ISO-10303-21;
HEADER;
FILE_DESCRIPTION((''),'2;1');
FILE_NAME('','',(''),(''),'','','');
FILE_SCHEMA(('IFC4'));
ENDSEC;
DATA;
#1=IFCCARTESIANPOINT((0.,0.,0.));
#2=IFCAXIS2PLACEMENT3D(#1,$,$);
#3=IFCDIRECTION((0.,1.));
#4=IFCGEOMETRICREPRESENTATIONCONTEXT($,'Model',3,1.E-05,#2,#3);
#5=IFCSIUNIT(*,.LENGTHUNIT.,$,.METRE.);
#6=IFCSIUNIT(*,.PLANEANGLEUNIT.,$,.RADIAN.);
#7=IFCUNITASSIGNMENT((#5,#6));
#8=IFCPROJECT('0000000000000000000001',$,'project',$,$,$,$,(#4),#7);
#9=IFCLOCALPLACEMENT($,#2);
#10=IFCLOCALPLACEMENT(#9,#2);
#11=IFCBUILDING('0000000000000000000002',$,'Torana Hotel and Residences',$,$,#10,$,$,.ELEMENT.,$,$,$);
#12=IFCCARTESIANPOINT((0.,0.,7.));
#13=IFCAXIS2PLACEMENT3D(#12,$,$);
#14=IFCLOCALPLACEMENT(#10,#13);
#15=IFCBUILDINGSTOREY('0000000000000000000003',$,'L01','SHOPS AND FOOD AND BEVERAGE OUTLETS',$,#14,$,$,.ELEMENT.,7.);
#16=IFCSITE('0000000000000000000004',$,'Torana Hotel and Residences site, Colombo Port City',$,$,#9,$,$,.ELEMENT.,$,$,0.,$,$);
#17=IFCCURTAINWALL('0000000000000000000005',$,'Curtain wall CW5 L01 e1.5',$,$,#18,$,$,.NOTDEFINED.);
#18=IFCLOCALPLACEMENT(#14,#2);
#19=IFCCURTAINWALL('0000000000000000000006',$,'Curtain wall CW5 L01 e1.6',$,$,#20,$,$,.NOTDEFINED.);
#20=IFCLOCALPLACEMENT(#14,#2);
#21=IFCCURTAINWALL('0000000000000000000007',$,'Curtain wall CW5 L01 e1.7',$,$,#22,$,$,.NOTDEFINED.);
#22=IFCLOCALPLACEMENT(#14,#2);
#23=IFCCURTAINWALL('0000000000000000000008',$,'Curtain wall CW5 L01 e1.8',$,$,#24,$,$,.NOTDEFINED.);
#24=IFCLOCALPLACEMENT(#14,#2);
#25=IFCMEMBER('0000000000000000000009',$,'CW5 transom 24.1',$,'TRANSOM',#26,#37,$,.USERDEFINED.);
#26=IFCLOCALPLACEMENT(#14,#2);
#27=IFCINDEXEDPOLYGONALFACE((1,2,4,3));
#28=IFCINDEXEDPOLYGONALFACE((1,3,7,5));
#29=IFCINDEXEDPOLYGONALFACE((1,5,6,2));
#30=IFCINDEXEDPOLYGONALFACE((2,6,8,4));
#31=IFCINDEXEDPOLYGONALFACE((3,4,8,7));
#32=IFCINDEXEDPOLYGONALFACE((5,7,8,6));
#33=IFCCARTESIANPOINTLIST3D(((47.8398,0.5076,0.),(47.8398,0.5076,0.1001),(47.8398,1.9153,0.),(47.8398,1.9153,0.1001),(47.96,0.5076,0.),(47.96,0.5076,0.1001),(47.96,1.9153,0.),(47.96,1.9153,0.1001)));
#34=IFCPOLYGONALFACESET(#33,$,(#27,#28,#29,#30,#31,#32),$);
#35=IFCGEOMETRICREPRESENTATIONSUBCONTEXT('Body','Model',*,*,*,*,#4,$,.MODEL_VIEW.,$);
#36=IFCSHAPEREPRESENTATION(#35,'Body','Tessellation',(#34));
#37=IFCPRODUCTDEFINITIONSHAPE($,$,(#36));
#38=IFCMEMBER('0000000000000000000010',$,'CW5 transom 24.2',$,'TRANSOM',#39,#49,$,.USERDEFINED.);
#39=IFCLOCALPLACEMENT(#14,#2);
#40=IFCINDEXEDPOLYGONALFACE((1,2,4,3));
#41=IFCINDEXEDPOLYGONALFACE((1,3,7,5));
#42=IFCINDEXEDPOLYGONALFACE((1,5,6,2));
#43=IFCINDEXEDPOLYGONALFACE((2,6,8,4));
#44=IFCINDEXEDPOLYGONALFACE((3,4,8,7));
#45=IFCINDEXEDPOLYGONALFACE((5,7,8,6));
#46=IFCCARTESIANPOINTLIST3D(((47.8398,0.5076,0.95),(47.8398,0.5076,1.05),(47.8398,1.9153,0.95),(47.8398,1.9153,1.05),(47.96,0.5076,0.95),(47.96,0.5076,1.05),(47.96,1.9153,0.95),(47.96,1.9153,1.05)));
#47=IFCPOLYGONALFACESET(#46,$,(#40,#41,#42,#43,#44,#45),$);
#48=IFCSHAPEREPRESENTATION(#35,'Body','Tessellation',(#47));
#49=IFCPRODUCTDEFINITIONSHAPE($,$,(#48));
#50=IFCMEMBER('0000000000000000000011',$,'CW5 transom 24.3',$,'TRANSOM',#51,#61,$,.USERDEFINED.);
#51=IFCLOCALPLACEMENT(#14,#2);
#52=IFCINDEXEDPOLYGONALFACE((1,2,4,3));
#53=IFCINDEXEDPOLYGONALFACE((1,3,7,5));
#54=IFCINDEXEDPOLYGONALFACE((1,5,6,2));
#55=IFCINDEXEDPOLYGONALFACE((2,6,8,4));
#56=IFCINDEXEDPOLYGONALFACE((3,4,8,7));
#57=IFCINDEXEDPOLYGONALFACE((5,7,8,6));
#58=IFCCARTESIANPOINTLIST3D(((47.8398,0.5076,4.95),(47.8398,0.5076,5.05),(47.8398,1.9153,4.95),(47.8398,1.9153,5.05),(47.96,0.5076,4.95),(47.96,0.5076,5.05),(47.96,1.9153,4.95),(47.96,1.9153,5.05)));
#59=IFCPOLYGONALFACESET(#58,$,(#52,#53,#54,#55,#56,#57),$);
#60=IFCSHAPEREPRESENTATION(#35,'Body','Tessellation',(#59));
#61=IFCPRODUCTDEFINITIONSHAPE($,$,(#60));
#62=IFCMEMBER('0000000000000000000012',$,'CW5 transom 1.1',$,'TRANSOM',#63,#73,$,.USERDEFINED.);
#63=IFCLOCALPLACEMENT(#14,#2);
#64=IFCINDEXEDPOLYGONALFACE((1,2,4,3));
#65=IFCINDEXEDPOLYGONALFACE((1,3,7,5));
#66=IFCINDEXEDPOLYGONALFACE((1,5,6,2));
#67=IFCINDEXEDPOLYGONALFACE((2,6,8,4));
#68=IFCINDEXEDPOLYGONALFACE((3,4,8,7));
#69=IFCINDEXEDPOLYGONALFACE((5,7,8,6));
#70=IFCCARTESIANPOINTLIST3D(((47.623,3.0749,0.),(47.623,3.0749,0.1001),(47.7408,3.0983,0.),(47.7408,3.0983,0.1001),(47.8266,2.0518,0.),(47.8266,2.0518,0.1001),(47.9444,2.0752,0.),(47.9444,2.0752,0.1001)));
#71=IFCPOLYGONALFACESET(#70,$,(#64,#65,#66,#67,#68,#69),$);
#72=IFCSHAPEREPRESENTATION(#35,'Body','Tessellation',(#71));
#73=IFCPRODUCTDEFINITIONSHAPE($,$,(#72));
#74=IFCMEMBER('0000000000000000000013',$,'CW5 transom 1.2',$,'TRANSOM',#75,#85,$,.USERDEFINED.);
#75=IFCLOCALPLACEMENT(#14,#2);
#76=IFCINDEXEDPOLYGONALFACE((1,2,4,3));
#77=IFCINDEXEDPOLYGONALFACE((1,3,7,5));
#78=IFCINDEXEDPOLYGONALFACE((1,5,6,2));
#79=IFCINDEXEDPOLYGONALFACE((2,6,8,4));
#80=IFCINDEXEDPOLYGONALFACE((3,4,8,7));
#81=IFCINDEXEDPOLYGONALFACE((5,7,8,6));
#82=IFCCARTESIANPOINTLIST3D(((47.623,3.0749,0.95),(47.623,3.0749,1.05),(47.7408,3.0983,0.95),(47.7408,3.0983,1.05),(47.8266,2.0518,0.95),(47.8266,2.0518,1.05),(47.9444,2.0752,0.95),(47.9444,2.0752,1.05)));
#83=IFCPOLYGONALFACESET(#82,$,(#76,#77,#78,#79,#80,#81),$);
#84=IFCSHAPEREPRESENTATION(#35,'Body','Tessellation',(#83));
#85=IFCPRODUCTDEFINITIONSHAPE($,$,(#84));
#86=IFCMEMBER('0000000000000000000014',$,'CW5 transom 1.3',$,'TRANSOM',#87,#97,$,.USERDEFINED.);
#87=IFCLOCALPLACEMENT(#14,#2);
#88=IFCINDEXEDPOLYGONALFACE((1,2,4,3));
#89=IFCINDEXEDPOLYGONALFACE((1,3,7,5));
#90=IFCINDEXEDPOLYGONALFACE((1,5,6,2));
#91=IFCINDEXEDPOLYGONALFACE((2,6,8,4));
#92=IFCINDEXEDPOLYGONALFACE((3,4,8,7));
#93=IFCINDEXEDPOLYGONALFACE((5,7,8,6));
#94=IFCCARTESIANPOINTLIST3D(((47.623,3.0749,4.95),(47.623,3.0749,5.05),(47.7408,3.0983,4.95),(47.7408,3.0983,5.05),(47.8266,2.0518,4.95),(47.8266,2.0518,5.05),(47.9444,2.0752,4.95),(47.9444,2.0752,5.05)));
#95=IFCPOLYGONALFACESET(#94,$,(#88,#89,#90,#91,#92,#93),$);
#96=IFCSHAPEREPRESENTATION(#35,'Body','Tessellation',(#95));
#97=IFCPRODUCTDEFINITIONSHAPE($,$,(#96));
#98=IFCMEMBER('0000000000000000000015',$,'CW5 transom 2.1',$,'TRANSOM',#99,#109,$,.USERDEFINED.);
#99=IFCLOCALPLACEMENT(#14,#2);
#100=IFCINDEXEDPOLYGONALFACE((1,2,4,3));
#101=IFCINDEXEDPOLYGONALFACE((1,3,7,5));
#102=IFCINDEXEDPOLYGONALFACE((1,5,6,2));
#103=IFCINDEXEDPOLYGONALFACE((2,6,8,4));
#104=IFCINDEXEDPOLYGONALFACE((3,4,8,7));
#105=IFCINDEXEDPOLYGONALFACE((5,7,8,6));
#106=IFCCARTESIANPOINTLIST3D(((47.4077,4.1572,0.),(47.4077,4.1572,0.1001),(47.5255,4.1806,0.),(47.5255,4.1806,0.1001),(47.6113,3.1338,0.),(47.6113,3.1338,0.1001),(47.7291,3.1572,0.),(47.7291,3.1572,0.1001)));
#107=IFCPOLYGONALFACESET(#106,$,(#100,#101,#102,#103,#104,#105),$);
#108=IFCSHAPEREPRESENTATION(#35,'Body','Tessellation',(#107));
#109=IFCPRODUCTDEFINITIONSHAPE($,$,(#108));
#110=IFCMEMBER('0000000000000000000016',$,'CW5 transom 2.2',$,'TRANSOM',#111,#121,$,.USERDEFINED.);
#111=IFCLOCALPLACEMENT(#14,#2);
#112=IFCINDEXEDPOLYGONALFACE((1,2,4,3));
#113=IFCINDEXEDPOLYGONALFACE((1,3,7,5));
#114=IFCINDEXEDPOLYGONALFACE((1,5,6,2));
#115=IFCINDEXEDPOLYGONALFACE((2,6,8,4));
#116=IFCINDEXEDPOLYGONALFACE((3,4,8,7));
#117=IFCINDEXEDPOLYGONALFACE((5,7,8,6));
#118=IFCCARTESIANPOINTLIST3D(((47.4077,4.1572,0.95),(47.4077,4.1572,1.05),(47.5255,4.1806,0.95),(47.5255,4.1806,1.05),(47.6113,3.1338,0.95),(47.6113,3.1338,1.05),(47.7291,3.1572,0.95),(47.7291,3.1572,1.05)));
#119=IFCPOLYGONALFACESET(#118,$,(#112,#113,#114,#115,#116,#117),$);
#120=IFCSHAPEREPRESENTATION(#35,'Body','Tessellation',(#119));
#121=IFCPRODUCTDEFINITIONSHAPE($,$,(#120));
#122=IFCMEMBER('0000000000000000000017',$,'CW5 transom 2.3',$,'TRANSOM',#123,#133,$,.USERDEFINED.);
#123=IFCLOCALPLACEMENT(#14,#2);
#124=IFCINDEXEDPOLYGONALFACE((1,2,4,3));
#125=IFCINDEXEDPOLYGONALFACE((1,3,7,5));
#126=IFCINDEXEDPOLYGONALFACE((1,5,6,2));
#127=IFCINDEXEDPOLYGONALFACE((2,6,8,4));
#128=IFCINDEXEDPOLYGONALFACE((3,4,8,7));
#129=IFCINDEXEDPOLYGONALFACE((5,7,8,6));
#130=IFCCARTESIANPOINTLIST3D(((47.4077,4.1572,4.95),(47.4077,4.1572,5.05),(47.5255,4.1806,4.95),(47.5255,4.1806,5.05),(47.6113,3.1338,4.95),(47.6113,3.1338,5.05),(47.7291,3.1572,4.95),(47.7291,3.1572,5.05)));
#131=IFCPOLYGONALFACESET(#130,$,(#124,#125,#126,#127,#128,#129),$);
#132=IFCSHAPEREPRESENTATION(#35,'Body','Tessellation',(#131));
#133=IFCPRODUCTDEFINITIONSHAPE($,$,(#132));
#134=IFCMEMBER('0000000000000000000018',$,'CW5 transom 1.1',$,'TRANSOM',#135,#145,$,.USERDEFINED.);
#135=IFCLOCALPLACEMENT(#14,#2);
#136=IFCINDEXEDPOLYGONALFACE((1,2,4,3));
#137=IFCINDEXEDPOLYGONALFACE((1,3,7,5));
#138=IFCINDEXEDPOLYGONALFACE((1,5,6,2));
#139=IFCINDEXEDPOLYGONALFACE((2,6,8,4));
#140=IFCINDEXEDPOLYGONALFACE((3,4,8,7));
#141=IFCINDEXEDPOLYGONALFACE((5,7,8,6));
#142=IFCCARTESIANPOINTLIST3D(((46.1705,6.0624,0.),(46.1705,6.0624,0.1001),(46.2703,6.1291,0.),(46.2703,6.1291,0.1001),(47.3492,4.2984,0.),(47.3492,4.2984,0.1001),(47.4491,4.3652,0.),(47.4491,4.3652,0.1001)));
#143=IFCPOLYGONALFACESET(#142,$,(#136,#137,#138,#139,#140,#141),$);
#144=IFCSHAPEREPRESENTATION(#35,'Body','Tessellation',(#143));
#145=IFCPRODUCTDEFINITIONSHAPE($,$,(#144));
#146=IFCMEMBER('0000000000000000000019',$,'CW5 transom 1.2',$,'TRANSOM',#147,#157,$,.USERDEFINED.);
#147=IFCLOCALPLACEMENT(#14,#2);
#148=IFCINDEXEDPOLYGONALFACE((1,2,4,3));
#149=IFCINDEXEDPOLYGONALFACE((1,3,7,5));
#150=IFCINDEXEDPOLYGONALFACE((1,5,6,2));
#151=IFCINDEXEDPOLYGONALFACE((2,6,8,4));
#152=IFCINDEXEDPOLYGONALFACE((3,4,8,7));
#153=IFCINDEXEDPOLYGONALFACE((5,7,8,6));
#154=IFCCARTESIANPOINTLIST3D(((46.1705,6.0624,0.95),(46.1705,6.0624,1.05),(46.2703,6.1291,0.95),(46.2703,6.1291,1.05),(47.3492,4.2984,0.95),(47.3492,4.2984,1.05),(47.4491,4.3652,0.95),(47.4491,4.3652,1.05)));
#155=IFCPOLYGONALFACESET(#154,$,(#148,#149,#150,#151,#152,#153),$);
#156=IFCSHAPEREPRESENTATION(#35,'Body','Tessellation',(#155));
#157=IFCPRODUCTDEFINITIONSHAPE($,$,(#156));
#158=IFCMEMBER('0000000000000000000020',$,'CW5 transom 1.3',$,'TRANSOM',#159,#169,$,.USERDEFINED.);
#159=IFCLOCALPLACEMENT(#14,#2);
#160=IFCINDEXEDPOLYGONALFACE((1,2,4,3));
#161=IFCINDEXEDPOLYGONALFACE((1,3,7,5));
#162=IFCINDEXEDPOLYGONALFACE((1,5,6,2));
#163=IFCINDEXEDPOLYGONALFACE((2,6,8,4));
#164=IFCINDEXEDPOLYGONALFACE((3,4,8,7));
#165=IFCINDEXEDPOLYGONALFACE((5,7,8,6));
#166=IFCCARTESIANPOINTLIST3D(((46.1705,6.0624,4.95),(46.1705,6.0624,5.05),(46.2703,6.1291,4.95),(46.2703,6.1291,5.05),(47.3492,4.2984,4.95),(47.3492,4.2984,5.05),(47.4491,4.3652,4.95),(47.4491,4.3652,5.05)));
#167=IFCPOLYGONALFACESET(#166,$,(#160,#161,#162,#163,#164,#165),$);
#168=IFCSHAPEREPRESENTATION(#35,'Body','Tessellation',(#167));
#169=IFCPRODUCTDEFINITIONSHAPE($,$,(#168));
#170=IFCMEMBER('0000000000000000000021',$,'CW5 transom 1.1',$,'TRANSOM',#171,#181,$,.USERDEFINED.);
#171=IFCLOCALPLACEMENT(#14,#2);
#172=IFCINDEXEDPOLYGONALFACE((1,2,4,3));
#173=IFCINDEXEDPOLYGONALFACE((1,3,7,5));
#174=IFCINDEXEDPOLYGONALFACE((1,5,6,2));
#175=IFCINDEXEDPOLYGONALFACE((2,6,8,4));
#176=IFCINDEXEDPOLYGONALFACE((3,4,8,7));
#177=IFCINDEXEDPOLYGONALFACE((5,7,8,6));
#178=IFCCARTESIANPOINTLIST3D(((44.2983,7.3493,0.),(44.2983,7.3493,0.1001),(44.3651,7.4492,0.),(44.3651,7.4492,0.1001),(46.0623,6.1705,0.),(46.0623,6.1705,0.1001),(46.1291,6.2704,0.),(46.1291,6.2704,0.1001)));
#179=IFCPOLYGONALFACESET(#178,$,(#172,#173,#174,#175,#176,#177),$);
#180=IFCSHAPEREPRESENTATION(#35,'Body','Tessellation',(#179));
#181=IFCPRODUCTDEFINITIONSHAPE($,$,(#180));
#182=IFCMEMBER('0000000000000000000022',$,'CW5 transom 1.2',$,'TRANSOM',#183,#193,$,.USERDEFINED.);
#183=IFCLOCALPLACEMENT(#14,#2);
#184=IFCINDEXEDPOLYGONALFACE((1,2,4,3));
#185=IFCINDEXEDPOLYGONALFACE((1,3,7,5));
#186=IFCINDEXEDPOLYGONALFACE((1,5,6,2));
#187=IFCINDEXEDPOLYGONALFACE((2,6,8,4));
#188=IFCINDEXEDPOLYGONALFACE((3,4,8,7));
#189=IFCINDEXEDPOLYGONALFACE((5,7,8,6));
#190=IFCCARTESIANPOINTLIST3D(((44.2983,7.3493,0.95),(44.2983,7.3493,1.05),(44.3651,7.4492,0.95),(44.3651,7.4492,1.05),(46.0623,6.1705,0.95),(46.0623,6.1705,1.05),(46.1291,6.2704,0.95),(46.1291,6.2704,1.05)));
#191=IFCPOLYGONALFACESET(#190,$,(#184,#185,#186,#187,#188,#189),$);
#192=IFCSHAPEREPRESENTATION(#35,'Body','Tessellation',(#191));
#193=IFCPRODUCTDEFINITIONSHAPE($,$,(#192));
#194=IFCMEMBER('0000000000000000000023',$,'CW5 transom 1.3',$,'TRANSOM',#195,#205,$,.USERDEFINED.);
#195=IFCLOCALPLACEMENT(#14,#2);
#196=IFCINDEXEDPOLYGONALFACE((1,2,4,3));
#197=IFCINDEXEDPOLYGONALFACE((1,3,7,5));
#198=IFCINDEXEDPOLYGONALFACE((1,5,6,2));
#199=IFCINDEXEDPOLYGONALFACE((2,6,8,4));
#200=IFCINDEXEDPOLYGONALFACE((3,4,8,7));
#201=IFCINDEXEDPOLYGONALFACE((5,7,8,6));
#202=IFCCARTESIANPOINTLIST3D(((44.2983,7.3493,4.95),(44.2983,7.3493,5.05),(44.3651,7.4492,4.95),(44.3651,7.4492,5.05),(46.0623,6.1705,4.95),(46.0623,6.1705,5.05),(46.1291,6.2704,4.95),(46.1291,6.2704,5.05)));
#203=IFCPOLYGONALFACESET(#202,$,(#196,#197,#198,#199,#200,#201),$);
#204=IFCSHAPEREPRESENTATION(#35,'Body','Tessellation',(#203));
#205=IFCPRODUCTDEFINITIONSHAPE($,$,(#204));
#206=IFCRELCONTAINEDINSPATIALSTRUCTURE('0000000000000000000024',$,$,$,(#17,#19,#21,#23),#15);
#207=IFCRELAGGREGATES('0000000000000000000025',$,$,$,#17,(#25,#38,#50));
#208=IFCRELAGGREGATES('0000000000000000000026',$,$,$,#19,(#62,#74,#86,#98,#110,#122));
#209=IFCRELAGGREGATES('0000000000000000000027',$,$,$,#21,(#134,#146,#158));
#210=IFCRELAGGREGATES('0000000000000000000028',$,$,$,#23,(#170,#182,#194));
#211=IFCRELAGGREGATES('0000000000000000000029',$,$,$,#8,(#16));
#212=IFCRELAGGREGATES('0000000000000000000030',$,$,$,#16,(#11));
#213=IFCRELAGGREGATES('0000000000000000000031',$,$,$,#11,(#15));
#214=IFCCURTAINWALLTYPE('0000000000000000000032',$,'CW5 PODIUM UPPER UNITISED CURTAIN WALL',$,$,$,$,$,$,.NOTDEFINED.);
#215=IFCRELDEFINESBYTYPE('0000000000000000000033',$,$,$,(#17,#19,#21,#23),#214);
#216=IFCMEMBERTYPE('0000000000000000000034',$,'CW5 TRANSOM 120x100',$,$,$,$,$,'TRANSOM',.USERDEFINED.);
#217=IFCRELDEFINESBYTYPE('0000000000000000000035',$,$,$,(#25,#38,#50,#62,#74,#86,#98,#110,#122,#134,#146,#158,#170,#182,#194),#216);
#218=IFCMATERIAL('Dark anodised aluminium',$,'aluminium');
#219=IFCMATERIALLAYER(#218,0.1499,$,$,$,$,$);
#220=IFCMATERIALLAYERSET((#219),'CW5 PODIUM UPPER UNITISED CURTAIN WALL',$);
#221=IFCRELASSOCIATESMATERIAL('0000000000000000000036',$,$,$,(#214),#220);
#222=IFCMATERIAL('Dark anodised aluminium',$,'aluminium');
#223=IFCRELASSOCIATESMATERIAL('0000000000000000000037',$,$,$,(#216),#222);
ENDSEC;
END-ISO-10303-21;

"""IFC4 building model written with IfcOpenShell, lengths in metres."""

from ifc_helpers import new_model, si_unit, direction, frame, origin, origin_2d, place, context, subcontext, project, spatial, rectangle, extrude, material, layer, layer_set, material_profile, profile_set, type_object, element, aggregate, save


model = new_model("IFC4")

# Units and contexts
model_context = context("Model", 3, precision=1e-05, world=origin(), true_north=direction((0.0, 1.0)))
body_context = subcontext(model_context, "Body", "Model", "MODEL_VIEW")
ifc_project = project(units=[si_unit("LENGTHUNIT", "METRE"), si_unit("PLANEANGLEUNIT", "RADIAN")], contexts=[model_context])

# Site, building, storey
site_placement = place(None, origin())
site = spatial("IfcSite", under=ifc_project, at=site_placement, Name="Torana Hotel and Residences site, Colombo Port City", CompositionType="ELEMENT", RefElevation=0.0)
building_placement = place(site_placement, origin())
building = spatial("IfcBuilding", under=site, at=building_placement, Name="Torana Hotel and Residences", CompositionType="ELEMENT")
storey_placement = place(building_placement, frame((0.0, 0.0, 7.0)))
storey = spatial("IfcBuildingStorey", under=building, at=storey_placement, Name="L01", Description="SHOPS AND FOOD AND BEVERAGE OUTLETS", CompositionType="ELEMENT", Elevation=7.0)

# Curtain walls
ifc_material_1 = material(Name="Dark anodised aluminium", Category="aluminium")
ifc_layer_1 = layer(ifc_material_1, 0.1499)
ifc_layer_set_1 = layer_set([ifc_layer_1], Name="CW5 PODIUM UPPER UNITISED CURTAIN WALL")
curtain_wall_type = type_object("IfcCurtainWallType", Name="CW5 PODIUM UPPER UNITISED CURTAIN WALL", PredefinedType="NOTDEFINED", material=ifc_layer_set_1)
curtain_wall_1_placement = place(storey_placement, origin())
curtain_wall_1 = element("IfcCurtainWall", 1, at=curtain_wall_1_placement, inside=storey, type_object=curtain_wall_type, Name="Curtain wall CW5 L01 e1.5", PredefinedType="NOTDEFINED")
curtain_wall_2_placement = place(storey_placement, origin())
curtain_wall_2 = element("IfcCurtainWall", 2, at=curtain_wall_2_placement, inside=storey, type_object=curtain_wall_type, Name="Curtain wall CW5 L01 e1.6", PredefinedType="NOTDEFINED")
curtain_wall_3_placement = place(storey_placement, origin())
curtain_wall_3 = element("IfcCurtainWall", 3, at=curtain_wall_3_placement, inside=storey, type_object=curtain_wall_type, Name="Curtain wall CW5 L01 e1.7", PredefinedType="NOTDEFINED")
curtain_wall_4_placement = place(storey_placement, origin())
curtain_wall_4 = element("IfcCurtainWall", 4, at=curtain_wall_4_placement, inside=storey, type_object=curtain_wall_type, Name="Curtain wall CW5 L01 e1.8", PredefinedType="NOTDEFINED")

# Members
ifc_material_2 = material(Name="Dark anodised aluminium", Category="aluminium")
ifc_material_profile_1 = material_profile(ifc_material_2, rectangle(XDim=0.1201, YDim=0.1001, at=origin_2d()), Name="CW5 TRANSOM 120x100")
ifc_profile_set_1 = profile_set([ifc_material_profile_1], Name="Dark anodised aluminium")
member_type_1 = type_object("IfcMemberType", Name="CW5 TRANSOM 120x100", ElementType="TRANSOM", PredefinedType="USERDEFINED", material=ifc_profile_set_1)
member_1_placement = place(storey_placement, frame((47.8999, 0.5076, 0.05), z_axis=(0.0, 1.0, 0.0), x_axis=(-1.0, 0.0, 0.0)))
member_1 = element("IfcMember", 5, at=member_1_placement, type_object=member_type_1, Name="CW5 transom 24.1", ObjectType="TRANSOM", PredefinedType="USERDEFINED", context=body_context, shape_type="SweptSolid", body=[
    extrude(rectangle(XDim=0.1201, YDim=0.1001, at=origin_2d()), origin(), (0.0, 0.0, 1.0), 1.4077),
])
member_2_placement = place(storey_placement, frame((47.8999, 0.5076, 1.0), z_axis=(0.0, 1.0, 0.0), x_axis=(-1.0, 0.0, 0.0)))
member_2 = element("IfcMember", 6, at=member_2_placement, type_object=member_type_1, Name="CW5 transom 24.2", ObjectType="TRANSOM", PredefinedType="USERDEFINED", context=body_context, shape_type="SweptSolid", body=[
    extrude(rectangle(XDim=0.1201, YDim=0.1001, at=origin_2d()), origin(), (0.0, 0.0, 1.0), 1.4077),
])
member_3_placement = place(storey_placement, frame((47.8999, 0.5076, 5.0), z_axis=(0.0, 1.0, 0.0), x_axis=(-1.0, 0.0, 0.0)))
member_3 = element("IfcMember", 7, at=member_3_placement, type_object=member_type_1, Name="CW5 transom 24.3", ObjectType="TRANSOM", PredefinedType="USERDEFINED", context=body_context, shape_type="SweptSolid", body=[
    extrude(rectangle(XDim=0.1201, YDim=0.1001, at=origin_2d()), origin(), (0.0, 0.0, 1.0), 1.4077),
])
member_4_placement = place(storey_placement, frame((47.8855, 2.0635, 0.05), z_axis=(-0.195171, 0.980769, 0.0), x_axis=(-0.980769, -0.195171, 0.0)))
member_4 = element("IfcMember", 8, at=member_4_placement, type_object=member_type_1, Name="CW5 transom 1.1", ObjectType="TRANSOM", PredefinedType="USERDEFINED", context=body_context, shape_type="SweptSolid", body=[
    extrude(rectangle(XDim=0.1201, YDim=0.1001, at=origin_2d()), origin(), (0.0, 0.0, 1.0), 1.0432),
])
member_5_placement = place(storey_placement, frame((47.8855, 2.0635, 1.0), z_axis=(-0.195171, 0.980769, 0.0), x_axis=(-0.980769, -0.195171, 0.0)))
member_5 = element("IfcMember", 9, at=member_5_placement, type_object=member_type_1, Name="CW5 transom 1.2", ObjectType="TRANSOM", PredefinedType="USERDEFINED", context=body_context, shape_type="SweptSolid", body=[
    extrude(rectangle(XDim=0.1201, YDim=0.1001, at=origin_2d()), origin(), (0.0, 0.0, 1.0), 1.0432),
])
member_6_placement = place(storey_placement, frame((47.8855, 2.0635, 5.0), z_axis=(-0.195171, 0.980769, 0.0), x_axis=(-0.980769, -0.195171, 0.0)))
member_6 = element("IfcMember", 10, at=member_6_placement, type_object=member_type_1, Name="CW5 transom 1.3", ObjectType="TRANSOM", PredefinedType="USERDEFINED", context=body_context, shape_type="SweptSolid", body=[
    extrude(rectangle(XDim=0.1201, YDim=0.1001, at=origin_2d()), origin(), (0.0, 0.0, 1.0), 1.0432),
])
member_7_placement = place(storey_placement, frame((47.6702, 3.1455, 0.05), z_axis=(-0.195126, 0.980778, 0.0), x_axis=(-0.980778, -0.195126, 0.0)))
member_7 = element("IfcMember", 11, at=member_7_placement, type_object=member_type_1, Name="CW5 transom 2.1", ObjectType="TRANSOM", PredefinedType="USERDEFINED", context=body_context, shape_type="SweptSolid", body=[
    extrude(rectangle(XDim=0.1201, YDim=0.1001, at=origin_2d()), origin(), (0.0, 0.0, 1.0), 1.0435),
])
member_8_placement = place(storey_placement, frame((47.6702, 3.1455, 1.0), z_axis=(-0.195126, 0.980778, 0.0), x_axis=(-0.980778, -0.195126, 0.0)))
member_8 = element("IfcMember", 12, at=member_8_placement, type_object=member_type_1, Name="CW5 transom 2.2", ObjectType="TRANSOM", PredefinedType="USERDEFINED", context=body_context, shape_type="SweptSolid", body=[
    extrude(rectangle(XDim=0.1201, YDim=0.1001, at=origin_2d()), origin(), (0.0, 0.0, 1.0), 1.0435),
])
member_9_placement = place(storey_placement, frame((47.6702, 3.1455, 5.0), z_axis=(-0.195126, 0.980778, 0.0), x_axis=(-0.980778, -0.195126, 0.0)))
member_9 = element("IfcMember", 13, at=member_9_placement, type_object=member_type_1, Name="CW5 transom 2.3", ObjectType="TRANSOM", PredefinedType="USERDEFINED", context=body_context, shape_type="SweptSolid", body=[
    extrude(rectangle(XDim=0.1201, YDim=0.1001, at=origin_2d()), origin(), (0.0, 0.0, 1.0), 1.0435),
])
member_10_placement = place(storey_placement, frame((47.3992, 4.3318, 0.05), z_axis=(-0.555603, 0.831448, 0.0), x_axis=(-0.831448, -0.555603, 0.0)))
member_10 = element("IfcMember", 14, at=member_10_placement, type_object=member_type_1, Name="CW5 transom 1.1", ObjectType="TRANSOM", PredefinedType="USERDEFINED", context=body_context, shape_type="SweptSolid", body=[
    extrude(rectangle(XDim=0.1201, YDim=0.1001, at=origin_2d()), origin(), (0.0, 0.0, 1.0), 2.1216),
])
member_11_placement = place(storey_placement, frame((47.3992, 4.3318, 1.0), z_axis=(-0.555603, 0.831448, 0.0), x_axis=(-0.831448, -0.555603, 0.0)))
member_11 = element("IfcMember", 15, at=member_11_placement, type_object=member_type_1, Name="CW5 transom 1.2", ObjectType="TRANSOM", PredefinedType="USERDEFINED", context=body_context, shape_type="SweptSolid", body=[
    extrude(rectangle(XDim=0.1201, YDim=0.1001, at=origin_2d()), origin(), (0.0, 0.0, 1.0), 2.1216),
])
member_12_placement = place(storey_placement, frame((47.3992, 4.3318, 5.0), z_axis=(-0.555603, 0.831448, 0.0), x_axis=(-0.831448, -0.555603, 0.0)))
member_12 = element("IfcMember", 16, at=member_12_placement, type_object=member_type_1, Name="CW5 transom 1.3", ObjectType="TRANSOM", PredefinedType="USERDEFINED", context=body_context, shape_type="SweptSolid", body=[
    extrude(rectangle(XDim=0.1201, YDim=0.1001, at=origin_2d()), origin(), (0.0, 0.0, 1.0), 2.1216),
])
member_13_placement = place(storey_placement, frame((46.0957, 6.2205, 0.05), z_axis=(-0.831448, 0.555603, 0.0), x_axis=(-0.555603, -0.831448, 0.0)))
member_13 = element("IfcMember", 17, at=member_13_placement, type_object=member_type_1, Name="CW5 transom 1.1", ObjectType="TRANSOM", PredefinedType="USERDEFINED", context=body_context, shape_type="SweptSolid", body=[
    extrude(rectangle(XDim=0.1201, YDim=0.1001, at=origin_2d()), origin(), (0.0, 0.0, 1.0), 2.1216),
])
member_14_placement = place(storey_placement, frame((46.0957, 6.2205, 1.0), z_axis=(-0.831448, 0.555603, 0.0), x_axis=(-0.555603, -0.831448, 0.0)))
member_14 = element("IfcMember", 18, at=member_14_placement, type_object=member_type_1, Name="CW5 transom 1.2", ObjectType="TRANSOM", PredefinedType="USERDEFINED", context=body_context, shape_type="SweptSolid", body=[
    extrude(rectangle(XDim=0.1201, YDim=0.1001, at=origin_2d()), origin(), (0.0, 0.0, 1.0), 2.1216),
])
member_15_placement = place(storey_placement, frame((46.0957, 6.2205, 5.0), z_axis=(-0.831448, 0.555603, 0.0), x_axis=(-0.555603, -0.831448, 0.0)))
member_15 = element("IfcMember", 19, at=member_15_placement, type_object=member_type_1, Name="CW5 transom 1.3", ObjectType="TRANSOM", PredefinedType="USERDEFINED", context=body_context, shape_type="SweptSolid", body=[
    extrude(rectangle(XDim=0.1201, YDim=0.1001, at=origin_2d()), origin(), (0.0, 0.0, 1.0), 2.1216),
])

aggregate(curtain_wall_1, [member_1, member_2, member_3])
aggregate(curtain_wall_2, [member_4, member_5, member_6, member_7, member_8, member_9])
aggregate(curtain_wall_3, [member_10, member_11, member_12])
aggregate(curtain_wall_4, [member_13, member_14, member_15])

save(model, "model.ifc")
